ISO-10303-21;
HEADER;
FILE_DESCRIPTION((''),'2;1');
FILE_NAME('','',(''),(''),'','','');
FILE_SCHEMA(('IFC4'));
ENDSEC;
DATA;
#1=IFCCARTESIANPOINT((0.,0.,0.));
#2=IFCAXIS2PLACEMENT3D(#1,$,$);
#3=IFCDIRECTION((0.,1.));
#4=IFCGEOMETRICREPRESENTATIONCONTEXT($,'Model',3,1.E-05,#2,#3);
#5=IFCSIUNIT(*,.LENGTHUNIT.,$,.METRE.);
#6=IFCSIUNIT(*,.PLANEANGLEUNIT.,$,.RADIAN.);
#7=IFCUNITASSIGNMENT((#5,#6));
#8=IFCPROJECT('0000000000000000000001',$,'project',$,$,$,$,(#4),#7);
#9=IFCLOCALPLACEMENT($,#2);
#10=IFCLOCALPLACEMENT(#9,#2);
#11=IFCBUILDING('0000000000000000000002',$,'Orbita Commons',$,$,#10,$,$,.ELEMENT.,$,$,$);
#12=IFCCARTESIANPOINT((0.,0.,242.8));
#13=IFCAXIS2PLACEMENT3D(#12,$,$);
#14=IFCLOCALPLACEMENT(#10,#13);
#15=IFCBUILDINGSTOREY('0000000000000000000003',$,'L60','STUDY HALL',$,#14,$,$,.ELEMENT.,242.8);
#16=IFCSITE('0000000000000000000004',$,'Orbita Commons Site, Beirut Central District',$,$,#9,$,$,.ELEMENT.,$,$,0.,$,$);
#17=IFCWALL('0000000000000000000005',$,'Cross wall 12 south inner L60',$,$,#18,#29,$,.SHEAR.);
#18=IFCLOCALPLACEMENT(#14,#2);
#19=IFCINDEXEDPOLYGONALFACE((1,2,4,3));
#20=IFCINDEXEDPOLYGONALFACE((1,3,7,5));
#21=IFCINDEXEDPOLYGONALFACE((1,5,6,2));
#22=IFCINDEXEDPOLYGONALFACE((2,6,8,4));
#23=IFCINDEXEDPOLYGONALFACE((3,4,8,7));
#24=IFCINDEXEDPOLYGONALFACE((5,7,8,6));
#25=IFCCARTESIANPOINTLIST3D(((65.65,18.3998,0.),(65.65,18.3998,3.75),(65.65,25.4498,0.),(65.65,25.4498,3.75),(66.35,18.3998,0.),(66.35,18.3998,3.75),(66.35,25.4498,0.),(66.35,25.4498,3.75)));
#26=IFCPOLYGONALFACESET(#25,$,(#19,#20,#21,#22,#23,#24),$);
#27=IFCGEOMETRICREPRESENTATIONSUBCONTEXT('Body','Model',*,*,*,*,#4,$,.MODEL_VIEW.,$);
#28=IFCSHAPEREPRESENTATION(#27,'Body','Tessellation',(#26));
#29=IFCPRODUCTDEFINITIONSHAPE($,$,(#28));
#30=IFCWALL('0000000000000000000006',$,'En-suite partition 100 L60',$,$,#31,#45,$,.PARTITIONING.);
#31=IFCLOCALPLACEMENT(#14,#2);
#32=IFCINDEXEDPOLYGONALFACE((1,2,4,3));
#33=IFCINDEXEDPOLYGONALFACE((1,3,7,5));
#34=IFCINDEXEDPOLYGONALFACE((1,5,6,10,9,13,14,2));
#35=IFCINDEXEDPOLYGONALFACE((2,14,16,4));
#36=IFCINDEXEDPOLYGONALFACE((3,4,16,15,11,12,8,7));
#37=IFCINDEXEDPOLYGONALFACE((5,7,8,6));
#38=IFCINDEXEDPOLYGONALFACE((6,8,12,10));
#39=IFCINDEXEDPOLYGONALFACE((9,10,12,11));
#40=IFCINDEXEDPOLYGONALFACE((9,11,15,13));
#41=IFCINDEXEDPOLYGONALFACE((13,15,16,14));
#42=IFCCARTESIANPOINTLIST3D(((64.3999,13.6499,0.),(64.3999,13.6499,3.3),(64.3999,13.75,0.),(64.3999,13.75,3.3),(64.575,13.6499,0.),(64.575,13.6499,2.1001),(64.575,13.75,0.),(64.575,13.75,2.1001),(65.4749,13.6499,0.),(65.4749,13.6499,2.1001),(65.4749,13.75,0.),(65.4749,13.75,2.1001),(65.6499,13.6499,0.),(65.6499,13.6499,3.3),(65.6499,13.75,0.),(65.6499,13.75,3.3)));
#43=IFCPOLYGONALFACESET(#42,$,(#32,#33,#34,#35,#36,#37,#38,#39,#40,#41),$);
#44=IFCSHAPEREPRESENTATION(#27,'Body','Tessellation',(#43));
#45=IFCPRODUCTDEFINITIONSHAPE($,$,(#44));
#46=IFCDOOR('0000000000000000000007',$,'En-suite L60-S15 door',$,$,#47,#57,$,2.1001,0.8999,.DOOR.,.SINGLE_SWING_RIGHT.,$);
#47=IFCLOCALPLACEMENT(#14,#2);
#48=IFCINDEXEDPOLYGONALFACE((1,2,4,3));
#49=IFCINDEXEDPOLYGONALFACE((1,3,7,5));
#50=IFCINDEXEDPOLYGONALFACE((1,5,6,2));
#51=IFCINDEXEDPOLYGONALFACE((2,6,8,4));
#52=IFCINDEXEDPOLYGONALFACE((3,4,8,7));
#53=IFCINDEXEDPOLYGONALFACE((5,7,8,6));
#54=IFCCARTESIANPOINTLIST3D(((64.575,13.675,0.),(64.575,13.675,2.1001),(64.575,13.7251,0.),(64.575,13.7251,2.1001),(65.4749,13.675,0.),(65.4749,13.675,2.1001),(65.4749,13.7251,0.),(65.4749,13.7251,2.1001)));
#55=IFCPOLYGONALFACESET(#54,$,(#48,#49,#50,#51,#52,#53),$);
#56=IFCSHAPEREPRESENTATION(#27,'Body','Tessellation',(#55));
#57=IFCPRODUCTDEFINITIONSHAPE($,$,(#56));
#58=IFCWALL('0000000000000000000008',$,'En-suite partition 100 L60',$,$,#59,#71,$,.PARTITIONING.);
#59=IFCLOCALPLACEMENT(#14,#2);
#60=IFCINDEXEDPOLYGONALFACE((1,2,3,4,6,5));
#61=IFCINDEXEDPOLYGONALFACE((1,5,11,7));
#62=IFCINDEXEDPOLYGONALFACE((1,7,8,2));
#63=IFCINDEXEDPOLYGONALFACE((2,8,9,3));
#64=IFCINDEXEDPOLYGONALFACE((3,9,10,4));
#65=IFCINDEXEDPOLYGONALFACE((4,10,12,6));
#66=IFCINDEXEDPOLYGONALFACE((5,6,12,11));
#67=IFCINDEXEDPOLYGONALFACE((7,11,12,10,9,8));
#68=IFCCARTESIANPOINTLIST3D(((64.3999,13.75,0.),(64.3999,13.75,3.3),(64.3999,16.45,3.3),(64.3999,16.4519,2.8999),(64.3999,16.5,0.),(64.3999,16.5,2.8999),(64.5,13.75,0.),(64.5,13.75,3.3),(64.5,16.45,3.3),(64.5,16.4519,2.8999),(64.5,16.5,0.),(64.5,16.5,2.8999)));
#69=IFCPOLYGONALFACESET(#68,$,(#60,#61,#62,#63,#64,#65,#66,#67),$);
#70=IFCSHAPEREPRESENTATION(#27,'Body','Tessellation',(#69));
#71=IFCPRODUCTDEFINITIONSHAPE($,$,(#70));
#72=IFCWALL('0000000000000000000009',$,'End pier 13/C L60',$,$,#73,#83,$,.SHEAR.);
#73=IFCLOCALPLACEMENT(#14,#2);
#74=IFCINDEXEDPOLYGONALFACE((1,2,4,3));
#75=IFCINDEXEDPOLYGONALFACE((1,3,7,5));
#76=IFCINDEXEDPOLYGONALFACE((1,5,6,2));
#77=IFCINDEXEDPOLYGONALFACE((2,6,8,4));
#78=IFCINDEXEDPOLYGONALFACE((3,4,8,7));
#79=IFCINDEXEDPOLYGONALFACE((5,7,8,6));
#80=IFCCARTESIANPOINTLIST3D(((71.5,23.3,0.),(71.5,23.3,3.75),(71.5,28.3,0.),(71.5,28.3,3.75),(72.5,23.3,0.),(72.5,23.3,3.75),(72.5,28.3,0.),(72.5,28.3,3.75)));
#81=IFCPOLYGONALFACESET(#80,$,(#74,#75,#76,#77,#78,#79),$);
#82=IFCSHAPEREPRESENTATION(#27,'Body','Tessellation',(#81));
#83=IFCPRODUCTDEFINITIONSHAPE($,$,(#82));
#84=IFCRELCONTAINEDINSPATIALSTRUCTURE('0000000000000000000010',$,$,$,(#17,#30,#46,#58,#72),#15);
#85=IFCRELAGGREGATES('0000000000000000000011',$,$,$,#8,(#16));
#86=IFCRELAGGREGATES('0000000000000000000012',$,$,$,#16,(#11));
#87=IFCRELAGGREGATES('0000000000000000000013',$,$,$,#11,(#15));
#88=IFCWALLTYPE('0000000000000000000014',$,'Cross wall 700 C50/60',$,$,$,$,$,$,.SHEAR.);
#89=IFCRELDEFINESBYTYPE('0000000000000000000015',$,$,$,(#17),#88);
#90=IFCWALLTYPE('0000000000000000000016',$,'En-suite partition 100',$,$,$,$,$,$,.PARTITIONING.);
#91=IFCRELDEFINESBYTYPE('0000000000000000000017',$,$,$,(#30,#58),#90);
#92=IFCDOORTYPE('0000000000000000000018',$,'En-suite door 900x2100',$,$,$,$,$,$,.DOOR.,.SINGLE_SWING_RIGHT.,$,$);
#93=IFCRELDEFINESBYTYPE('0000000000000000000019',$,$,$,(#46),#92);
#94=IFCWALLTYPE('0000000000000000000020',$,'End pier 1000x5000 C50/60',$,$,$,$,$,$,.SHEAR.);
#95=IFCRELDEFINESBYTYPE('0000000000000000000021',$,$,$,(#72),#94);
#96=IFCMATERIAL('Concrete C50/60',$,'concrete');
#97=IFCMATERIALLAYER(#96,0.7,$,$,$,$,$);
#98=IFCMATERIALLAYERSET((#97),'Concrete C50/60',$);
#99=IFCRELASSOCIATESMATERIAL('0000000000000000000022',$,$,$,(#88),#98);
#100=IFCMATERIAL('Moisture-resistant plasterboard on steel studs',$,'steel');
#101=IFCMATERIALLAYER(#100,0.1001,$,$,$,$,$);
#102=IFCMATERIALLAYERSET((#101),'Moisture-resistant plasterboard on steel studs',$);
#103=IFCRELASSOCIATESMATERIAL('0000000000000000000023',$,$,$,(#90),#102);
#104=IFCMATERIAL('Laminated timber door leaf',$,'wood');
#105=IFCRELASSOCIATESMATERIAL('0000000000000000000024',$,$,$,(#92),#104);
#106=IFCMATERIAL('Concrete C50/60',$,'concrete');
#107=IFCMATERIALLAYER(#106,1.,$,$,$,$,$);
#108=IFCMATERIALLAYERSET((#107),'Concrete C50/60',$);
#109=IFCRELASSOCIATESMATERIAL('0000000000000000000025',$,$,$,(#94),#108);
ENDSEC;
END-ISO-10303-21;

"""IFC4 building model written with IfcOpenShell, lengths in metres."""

from ifc_helpers import new_model, si_unit, direction, frame, frame_2d, origin, place, context, subcontext, project, spatial, polyline, rectangle, outline, extrude, material, layer, layer_set, type_object, element, fill, save


model = new_model("IFC4")

# Units and contexts
model_context = context("Model", 3, precision=1e-05, world=origin(), true_north=direction((0.0, 1.0)))
body_context = subcontext(model_context, "Body", "Model", "MODEL_VIEW")
ifc_project = project(units=[si_unit("LENGTHUNIT", "METRE"), si_unit("PLANEANGLEUNIT", "RADIAN")], contexts=[model_context])

# Site, building, storey
site_placement = place(None, origin())
site = spatial("IfcSite", under=ifc_project, at=site_placement, Name="Orbita Commons Site, Beirut Central District", CompositionType="ELEMENT", RefElevation=0.0)
building_placement = place(site_placement, origin())
building = spatial("IfcBuilding", under=site, at=building_placement, Name="Orbita Commons", CompositionType="ELEMENT")
storey_placement = place(building_placement, frame((0.0, 0.0, 242.8)))
storey = spatial("IfcBuildingStorey", under=building, at=storey_placement, Name="L60", Description="STUDY HALL", CompositionType="ELEMENT", Elevation=242.8)

# Wall
ifc_material_1 = material(Name="Concrete C50/60", Category="concrete")
ifc_layer_1 = layer(ifc_material_1, 0.7)
ifc_layer_set_1 = layer_set([ifc_layer_1], Name="Concrete C50/60")
wall_type_1 = type_object("IfcWallType", Name="Cross wall 700 C50/60", PredefinedType="SHEAR", material=ifc_layer_set_1)
wall_1_placement = place(storey_placement, frame((66.0, 18.3999, 0.0), z_axis=(0.0, 0.0, 1.0), x_axis=(0.0, 1.0, 0.0)))
element("IfcWall", 1, at=wall_1_placement, inside=storey, type_object=wall_type_1, Name="Cross wall 12 south inner L60", PredefinedType="SHEAR", context=body_context, shape_type="SweptSolid", body=[
    extrude(rectangle(XDim=7.05, YDim=0.7, at=frame_2d((3.5249, 0.0))), origin(), (0.0, 0.0, 1.0), 3.75),
])

# Wall, opening, door
ifc_material_2 = material(Name="Moisture-resistant plasterboard on steel studs", Category="steel")
ifc_layer_2 = layer(ifc_material_2, 0.1001)
ifc_layer_set_2 = layer_set([ifc_layer_2], Name="Moisture-resistant plasterboard on steel studs")
wall_type_2 = type_object("IfcWallType", Name="En-suite partition 100", PredefinedType="PARTITIONING", material=ifc_layer_set_2)
wall_2_placement = place(storey_placement, frame((65.6499, 13.7, 0.0), z_axis=(0.0, 0.0, 1.0), x_axis=(-1.0, 0.0, 0.0)))
wall_2 = element("IfcWall", 2, at=wall_2_placement, inside=storey, type_object=wall_type_2, Name="En-suite partition 100 L60", PredefinedType="PARTITIONING", context=body_context, shape_type="SweptSolid", body=[
    extrude(rectangle(XDim=1.25, YDim=0.1001, at=frame_2d((0.625, 0.0))), origin(), (0.0, 0.0, 1.0), 3.3),
])
opening_1_placement = place(wall_2_placement, frame((0.175, 0.0, 0.0)))
opening_1 = element("IfcOpeningElement", 3, at=opening_1_placement, cuts=wall_2, PredefinedType="OPENING", context=body_context, shape_type="SweptSolid", body=[
    extrude(rectangle(XDim=0.8999, YDim=2.1001, at=frame_2d((0.45, 1.05))), frame((0.0, 0.0601, 0.0), z_axis=(0.0, -1.0, 0.0), x_axis=(1.0, 0.0, 0.0)), (0.0, 0.0, 1.0), 0.1201),
])
ifc_material_3 = material(Name="Laminated timber door leaf", Category="wood")
door_type_1 = type_object("IfcDoorType", Name="En-suite door 900x2100", OperationType="SINGLE_SWING_RIGHT", PredefinedType="DOOR", material=ifc_material_3)
door_1_placement = place(opening_1_placement, origin())
door_1 = element("IfcDoor", 4, at=door_1_placement, inside=storey, type_object=door_type_1, Name="En-suite L60-S15 door", OperationType="SINGLE_SWING_RIGHT", OverallHeight=2.1001, OverallWidth=0.8999, PredefinedType="DOOR", context=body_context, shape_type="SweptSolid", body=[
    extrude(rectangle(XDim=0.8999, YDim=2.1001, at=frame_2d((0.45, 1.05))), frame((0.0, 0.0249, 0.0), z_axis=(0.0, -1.0, 0.0), x_axis=(1.0, 0.0, 0.0)), (0.0, 0.0, 1.0), 0.05),
])
fill(opening_1, door_1)

# Walls
wall_3_placement = place(storey_placement, frame((64.45, 13.75, 0.0), z_axis=(0.0, 0.0, 1.0), x_axis=(0.0, 1.0, 0.0)))
element("IfcWall", 5, at=wall_3_placement, inside=storey, type_object=wall_type_2, Name="En-suite partition 100 L60", PredefinedType="PARTITIONING", context=body_context, shape_type="SweptSolid", body=[
    extrude(outline(polyline([(0.0, 0.0), (2.75, 0.0), (2.75, 2.8999), (2.7019, 2.8999), (2.7, 3.3), (0.0, 3.3), (0.0, 0.0)])), frame((0.0, 0.05, 0.0), z_axis=(0.0, -1.0, 0.0), x_axis=(1.0, 0.0, 0.0)), (0.0, 0.0, 1.0), 0.1001),
])
ifc_material_4 = material(Name="Concrete C50/60", Category="concrete")
ifc_layer_3 = layer(ifc_material_4, 1.0)
ifc_layer_set_3 = layer_set([ifc_layer_3], Name="Concrete C50/60")
wall_type_3 = type_object("IfcWallType", Name="End pier 1000x5000 C50/60", PredefinedType="SHEAR", material=ifc_layer_set_3)
wall_4_placement = place(storey_placement, frame((72.0, 23.3, 0.0), z_axis=(0.0, 0.0, 1.0), x_axis=(0.0, 1.0, 0.0)))
element("IfcWall", 6, at=wall_4_placement, inside=storey, type_object=wall_type_3, Name="End pier 13/C L60", PredefinedType="SHEAR", context=body_context, shape_type="SweptSolid", body=[
    extrude(rectangle(XDim=5.0, YDim=1.0, at=frame_2d((2.5, 0.0))), origin(), (0.0, 0.0, 1.0), 3.75),
])

save(model, "model.ifc")
